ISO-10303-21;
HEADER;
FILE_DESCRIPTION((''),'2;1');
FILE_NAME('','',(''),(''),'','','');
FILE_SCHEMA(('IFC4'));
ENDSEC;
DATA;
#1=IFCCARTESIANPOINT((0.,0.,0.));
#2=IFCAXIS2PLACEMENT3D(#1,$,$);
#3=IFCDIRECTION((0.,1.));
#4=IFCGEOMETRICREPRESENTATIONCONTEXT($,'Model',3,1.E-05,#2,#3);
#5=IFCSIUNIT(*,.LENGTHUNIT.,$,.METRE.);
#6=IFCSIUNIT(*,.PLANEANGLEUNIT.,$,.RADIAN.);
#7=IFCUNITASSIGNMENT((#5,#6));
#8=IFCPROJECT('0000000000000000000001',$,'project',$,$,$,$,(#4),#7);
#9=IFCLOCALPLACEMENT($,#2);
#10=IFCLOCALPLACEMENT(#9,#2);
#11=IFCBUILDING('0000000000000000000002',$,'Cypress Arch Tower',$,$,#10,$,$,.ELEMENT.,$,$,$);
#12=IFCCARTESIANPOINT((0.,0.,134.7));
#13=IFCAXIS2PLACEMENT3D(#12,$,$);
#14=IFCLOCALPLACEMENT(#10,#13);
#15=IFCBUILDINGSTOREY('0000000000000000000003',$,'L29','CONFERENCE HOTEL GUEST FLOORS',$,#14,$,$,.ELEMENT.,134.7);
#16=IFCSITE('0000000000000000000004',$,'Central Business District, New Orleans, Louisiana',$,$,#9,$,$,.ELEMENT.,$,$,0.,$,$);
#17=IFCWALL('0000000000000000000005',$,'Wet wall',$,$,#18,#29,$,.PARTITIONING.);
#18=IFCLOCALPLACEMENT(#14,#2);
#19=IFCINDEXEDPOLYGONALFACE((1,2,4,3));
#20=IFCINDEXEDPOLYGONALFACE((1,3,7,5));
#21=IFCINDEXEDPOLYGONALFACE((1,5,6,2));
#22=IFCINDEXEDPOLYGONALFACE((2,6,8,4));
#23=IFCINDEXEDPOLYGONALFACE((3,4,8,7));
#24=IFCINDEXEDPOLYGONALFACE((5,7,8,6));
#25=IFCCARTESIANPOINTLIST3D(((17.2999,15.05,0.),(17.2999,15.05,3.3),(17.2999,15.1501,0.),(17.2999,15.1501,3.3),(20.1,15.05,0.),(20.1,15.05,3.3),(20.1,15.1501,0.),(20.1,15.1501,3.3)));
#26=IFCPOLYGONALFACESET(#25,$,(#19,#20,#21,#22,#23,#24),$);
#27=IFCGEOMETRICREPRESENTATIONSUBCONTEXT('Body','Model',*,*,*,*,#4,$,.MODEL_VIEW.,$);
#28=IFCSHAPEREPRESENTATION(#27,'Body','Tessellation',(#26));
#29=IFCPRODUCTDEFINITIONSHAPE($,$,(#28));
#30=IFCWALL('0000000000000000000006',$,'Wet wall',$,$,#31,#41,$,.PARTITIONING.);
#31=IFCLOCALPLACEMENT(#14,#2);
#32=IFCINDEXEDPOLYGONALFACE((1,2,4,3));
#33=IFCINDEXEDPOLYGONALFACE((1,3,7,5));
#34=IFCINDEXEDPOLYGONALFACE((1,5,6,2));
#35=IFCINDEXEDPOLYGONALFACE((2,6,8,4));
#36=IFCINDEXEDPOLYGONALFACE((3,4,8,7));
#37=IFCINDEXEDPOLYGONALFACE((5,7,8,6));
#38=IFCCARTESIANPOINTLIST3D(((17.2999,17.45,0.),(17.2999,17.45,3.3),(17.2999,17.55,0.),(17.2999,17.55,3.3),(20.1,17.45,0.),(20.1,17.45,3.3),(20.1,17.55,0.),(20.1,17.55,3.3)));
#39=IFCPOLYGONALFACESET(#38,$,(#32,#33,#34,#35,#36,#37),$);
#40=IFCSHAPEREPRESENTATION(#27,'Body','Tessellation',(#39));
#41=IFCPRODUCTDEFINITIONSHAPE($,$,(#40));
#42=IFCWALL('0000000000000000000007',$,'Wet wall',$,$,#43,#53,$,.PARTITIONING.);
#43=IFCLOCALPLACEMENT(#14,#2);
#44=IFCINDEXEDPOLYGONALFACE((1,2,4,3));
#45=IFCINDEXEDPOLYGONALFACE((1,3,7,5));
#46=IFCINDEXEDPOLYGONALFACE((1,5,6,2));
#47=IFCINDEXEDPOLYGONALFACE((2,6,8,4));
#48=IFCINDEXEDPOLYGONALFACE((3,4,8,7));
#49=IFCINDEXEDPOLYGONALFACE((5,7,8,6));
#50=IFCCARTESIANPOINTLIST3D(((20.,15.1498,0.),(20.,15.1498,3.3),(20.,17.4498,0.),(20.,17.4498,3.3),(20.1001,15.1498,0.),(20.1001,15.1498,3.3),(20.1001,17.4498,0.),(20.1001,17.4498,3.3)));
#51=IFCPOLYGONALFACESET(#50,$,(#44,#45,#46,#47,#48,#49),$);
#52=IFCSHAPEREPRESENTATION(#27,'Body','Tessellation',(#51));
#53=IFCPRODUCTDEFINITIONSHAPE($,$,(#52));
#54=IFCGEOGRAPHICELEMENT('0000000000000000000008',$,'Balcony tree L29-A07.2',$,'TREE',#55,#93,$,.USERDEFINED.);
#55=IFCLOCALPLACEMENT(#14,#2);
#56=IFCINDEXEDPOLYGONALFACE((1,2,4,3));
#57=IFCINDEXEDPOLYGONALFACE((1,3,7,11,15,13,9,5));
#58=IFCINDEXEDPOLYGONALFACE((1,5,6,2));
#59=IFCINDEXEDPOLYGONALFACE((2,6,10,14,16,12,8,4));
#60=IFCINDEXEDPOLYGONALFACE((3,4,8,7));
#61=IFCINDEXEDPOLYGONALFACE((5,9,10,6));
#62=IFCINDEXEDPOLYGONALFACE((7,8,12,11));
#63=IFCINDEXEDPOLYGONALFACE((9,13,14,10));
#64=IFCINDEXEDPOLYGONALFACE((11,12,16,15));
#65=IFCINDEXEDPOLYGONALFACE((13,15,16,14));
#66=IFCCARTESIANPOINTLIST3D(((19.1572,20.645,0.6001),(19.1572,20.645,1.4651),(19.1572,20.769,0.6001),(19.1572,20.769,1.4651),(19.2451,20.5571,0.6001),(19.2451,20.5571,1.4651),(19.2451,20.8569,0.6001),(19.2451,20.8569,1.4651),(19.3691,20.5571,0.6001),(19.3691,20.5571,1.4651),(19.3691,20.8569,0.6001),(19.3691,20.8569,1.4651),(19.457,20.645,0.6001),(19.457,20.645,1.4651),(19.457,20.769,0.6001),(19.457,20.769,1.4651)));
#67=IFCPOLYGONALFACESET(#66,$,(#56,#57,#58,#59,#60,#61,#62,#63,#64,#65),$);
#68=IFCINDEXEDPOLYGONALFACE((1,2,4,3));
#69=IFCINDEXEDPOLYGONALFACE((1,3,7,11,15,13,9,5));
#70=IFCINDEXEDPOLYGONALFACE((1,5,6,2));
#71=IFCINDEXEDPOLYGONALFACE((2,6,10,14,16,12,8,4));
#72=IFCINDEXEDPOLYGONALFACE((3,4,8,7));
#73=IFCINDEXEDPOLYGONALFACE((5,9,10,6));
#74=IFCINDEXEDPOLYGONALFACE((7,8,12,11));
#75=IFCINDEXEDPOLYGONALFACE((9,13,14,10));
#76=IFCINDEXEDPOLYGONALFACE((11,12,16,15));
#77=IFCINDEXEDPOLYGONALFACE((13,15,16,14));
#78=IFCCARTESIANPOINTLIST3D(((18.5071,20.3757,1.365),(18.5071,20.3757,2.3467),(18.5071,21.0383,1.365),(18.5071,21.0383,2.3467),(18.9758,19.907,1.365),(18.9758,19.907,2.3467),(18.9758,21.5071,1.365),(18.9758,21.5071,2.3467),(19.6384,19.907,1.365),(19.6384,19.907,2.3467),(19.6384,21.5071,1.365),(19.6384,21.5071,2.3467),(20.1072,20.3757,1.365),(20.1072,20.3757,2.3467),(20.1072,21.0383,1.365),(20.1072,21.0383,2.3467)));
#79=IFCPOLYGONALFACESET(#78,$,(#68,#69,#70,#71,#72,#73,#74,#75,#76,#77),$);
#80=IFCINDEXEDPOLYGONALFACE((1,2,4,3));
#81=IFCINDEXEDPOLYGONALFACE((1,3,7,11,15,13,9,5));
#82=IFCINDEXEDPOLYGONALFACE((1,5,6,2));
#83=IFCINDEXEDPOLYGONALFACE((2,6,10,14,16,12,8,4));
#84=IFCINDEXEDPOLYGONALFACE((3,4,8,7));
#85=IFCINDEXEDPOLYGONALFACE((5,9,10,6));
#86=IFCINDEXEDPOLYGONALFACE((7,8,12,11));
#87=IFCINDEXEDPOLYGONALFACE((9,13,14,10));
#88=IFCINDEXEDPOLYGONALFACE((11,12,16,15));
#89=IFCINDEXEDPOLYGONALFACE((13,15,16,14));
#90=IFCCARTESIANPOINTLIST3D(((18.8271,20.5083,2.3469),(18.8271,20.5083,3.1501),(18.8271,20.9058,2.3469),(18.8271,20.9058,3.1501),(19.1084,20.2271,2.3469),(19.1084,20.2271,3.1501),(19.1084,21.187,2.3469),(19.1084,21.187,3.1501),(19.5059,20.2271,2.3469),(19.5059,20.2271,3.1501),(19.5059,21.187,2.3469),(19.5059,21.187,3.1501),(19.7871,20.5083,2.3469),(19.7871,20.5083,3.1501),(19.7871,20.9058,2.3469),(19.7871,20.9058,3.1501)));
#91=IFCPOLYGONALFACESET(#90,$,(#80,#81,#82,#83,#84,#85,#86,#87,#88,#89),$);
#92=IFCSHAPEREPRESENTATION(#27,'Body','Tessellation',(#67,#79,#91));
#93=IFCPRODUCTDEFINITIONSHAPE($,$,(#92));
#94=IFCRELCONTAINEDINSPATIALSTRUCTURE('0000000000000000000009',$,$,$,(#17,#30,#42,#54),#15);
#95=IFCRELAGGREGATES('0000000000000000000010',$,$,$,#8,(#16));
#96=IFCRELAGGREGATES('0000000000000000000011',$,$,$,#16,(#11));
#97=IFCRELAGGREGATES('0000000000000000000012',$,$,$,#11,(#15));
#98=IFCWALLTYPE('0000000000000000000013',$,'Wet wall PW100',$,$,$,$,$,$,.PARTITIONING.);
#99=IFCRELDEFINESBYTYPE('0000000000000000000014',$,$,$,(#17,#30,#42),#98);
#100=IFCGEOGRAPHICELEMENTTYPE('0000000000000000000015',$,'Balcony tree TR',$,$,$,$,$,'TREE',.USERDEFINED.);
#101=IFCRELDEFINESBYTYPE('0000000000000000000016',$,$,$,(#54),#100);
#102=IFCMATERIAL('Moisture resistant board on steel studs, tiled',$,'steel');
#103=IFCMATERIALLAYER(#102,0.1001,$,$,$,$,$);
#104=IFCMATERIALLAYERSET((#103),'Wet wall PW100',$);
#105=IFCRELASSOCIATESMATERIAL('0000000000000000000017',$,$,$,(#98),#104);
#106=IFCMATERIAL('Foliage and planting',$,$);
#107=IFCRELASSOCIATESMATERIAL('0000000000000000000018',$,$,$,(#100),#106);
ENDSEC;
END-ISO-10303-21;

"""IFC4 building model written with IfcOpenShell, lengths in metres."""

from ifc_helpers import new_model, si_unit, direction, frame, frame_2d, origin, place, context, subcontext, project, spatial, polyline, rectangle, outline, extrude, material, layer, layer_set, type_object, element, save


model = new_model("IFC4")

# Units and contexts
model_context = context("Model", 3, precision=1e-05, world=origin(), true_north=direction((0.0, 1.0)))
body_context = subcontext(model_context, "Body", "Model", "MODEL_VIEW")
ifc_project = project(units=[si_unit("LENGTHUNIT", "METRE"), si_unit("PLANEANGLEUNIT", "RADIAN")], contexts=[model_context])

# Site, building, storey
site_placement = place(None, origin())
site = spatial("IfcSite", under=ifc_project, at=site_placement, Name="Central Business District, New Orleans, Louisiana", CompositionType="ELEMENT", RefElevation=0.0)
building_placement = place(site_placement, origin())
building = spatial("IfcBuilding", under=site, at=building_placement, Name="Cypress Arch Tower", CompositionType="ELEMENT")
storey_placement = place(building_placement, frame((0.0, 0.0, 134.7)))
storey = spatial("IfcBuildingStorey", under=building, at=storey_placement, Name="L29", Description="CONFERENCE HOTEL GUEST FLOORS", CompositionType="ELEMENT", Elevation=134.7)

# Shared definitions
ifc_material_1 = material(Name="Moisture resistant board on steel studs, tiled", Category="steel")
ifc_layer_1 = layer(ifc_material_1, 0.1001)
ifc_layer_set_1 = layer_set([ifc_layer_1], Name="Wet wall PW100")
wall_type_1 = type_object("IfcWallType", Name="Wet wall PW100", PredefinedType="PARTITIONING", material=ifc_layer_set_1)

# Walls
for number, where, z_axis, x_axis, name in (
    (1, (17.3, 15.1001, 0.0), (0.0, 0.0, 1.0), (1.0, 0.0, 0.0), "Wet wall"),
    (2, (17.3, 17.5, 0.0), (0.0, 0.0, 1.0), (1.0, 0.0, 0.0), "Wet wall"),
):
    element("IfcWall", number, at=place(storey_placement, frame(where, z_axis=z_axis, x_axis=x_axis)), inside=storey, type_object=wall_type_1, Name=name, PredefinedType="PARTITIONING", context=body_context, shape_type="SweptSolid", body=[
        extrude(rectangle(XDim=2.8, YDim=0.1001, at=frame_2d((1.3999, 0.0))), origin(), (0.0, 0.0, 1.0), 3.3),
    ])
wall_1_placement = place(storey_placement, frame((20.05, 15.1499, 0.0), z_axis=(0.0, 0.0, 1.0), x_axis=(0.0, 1.0, 0.0)))
element("IfcWall", 3, at=wall_1_placement, inside=storey, type_object=wall_type_1, Name="Wet wall", PredefinedType="PARTITIONING", context=body_context, shape_type="SweptSolid", body=[
    extrude(rectangle(XDim=2.3, YDim=0.1001, at=frame_2d((1.1499, 0.0))), origin(), (0.0, 0.0, 1.0), 3.3),
])

# Geographic element
ifc_material_2 = material(Name="Foliage and planting")
geographic_element_type = type_object("IfcGeographicElementType", Name="Balcony tree TR", ElementType="TREE", PredefinedType="USERDEFINED", material=ifc_material_2)
geographic_element_placement = place(storey_placement, frame((19.3071, 20.707, 0.6001), z_axis=(0.0, 0.0, 1.0), x_axis=(1.0, 0.0, 0.0)))
element("IfcGeographicElement", 4, at=geographic_element_placement, inside=storey, type_object=geographic_element_type, Name="Balcony tree L29-A07.2", ObjectType="TREE", PredefinedType="USERDEFINED", context=body_context, shape_type="SweptSolid", body=[
    extrude(outline(polyline([(0.1499, 0.062), (0.062, 0.1499), (-0.062, 0.1499), (-0.1499, 0.062), (-0.1499, -0.062), (-0.062, -0.1499), (0.062, -0.1499), (0.1499, -0.062), (0.1499, 0.062)])), origin(), (0.0, 0.0, 1.0), 0.865),
    extrude(outline(polyline([(0.8, 0.3313), (0.3313, 0.8), (-0.3313, 0.8), (-0.8, 0.3313), (-0.8, -0.3313), (-0.3313, -0.8), (0.3313, -0.8), (0.8, -0.3313), (0.8, 0.3313)])), frame((0.0, 0.0, 0.7649)), (0.0, 0.0, 1.0), 0.9817),
    extrude(outline(polyline([(0.48, 0.1987), (0.1987, 0.48), (-0.1987, 0.48), (-0.48, 0.1987), (-0.48, -0.1987), (-0.1987, -0.48), (0.1987, -0.48), (0.48, -0.1987), (0.48, 0.1987)])), frame((0.0, 0.0, 1.7468)), (0.0, 0.0, 1.0), 0.8032),
])

save(model, "model.ifc")
